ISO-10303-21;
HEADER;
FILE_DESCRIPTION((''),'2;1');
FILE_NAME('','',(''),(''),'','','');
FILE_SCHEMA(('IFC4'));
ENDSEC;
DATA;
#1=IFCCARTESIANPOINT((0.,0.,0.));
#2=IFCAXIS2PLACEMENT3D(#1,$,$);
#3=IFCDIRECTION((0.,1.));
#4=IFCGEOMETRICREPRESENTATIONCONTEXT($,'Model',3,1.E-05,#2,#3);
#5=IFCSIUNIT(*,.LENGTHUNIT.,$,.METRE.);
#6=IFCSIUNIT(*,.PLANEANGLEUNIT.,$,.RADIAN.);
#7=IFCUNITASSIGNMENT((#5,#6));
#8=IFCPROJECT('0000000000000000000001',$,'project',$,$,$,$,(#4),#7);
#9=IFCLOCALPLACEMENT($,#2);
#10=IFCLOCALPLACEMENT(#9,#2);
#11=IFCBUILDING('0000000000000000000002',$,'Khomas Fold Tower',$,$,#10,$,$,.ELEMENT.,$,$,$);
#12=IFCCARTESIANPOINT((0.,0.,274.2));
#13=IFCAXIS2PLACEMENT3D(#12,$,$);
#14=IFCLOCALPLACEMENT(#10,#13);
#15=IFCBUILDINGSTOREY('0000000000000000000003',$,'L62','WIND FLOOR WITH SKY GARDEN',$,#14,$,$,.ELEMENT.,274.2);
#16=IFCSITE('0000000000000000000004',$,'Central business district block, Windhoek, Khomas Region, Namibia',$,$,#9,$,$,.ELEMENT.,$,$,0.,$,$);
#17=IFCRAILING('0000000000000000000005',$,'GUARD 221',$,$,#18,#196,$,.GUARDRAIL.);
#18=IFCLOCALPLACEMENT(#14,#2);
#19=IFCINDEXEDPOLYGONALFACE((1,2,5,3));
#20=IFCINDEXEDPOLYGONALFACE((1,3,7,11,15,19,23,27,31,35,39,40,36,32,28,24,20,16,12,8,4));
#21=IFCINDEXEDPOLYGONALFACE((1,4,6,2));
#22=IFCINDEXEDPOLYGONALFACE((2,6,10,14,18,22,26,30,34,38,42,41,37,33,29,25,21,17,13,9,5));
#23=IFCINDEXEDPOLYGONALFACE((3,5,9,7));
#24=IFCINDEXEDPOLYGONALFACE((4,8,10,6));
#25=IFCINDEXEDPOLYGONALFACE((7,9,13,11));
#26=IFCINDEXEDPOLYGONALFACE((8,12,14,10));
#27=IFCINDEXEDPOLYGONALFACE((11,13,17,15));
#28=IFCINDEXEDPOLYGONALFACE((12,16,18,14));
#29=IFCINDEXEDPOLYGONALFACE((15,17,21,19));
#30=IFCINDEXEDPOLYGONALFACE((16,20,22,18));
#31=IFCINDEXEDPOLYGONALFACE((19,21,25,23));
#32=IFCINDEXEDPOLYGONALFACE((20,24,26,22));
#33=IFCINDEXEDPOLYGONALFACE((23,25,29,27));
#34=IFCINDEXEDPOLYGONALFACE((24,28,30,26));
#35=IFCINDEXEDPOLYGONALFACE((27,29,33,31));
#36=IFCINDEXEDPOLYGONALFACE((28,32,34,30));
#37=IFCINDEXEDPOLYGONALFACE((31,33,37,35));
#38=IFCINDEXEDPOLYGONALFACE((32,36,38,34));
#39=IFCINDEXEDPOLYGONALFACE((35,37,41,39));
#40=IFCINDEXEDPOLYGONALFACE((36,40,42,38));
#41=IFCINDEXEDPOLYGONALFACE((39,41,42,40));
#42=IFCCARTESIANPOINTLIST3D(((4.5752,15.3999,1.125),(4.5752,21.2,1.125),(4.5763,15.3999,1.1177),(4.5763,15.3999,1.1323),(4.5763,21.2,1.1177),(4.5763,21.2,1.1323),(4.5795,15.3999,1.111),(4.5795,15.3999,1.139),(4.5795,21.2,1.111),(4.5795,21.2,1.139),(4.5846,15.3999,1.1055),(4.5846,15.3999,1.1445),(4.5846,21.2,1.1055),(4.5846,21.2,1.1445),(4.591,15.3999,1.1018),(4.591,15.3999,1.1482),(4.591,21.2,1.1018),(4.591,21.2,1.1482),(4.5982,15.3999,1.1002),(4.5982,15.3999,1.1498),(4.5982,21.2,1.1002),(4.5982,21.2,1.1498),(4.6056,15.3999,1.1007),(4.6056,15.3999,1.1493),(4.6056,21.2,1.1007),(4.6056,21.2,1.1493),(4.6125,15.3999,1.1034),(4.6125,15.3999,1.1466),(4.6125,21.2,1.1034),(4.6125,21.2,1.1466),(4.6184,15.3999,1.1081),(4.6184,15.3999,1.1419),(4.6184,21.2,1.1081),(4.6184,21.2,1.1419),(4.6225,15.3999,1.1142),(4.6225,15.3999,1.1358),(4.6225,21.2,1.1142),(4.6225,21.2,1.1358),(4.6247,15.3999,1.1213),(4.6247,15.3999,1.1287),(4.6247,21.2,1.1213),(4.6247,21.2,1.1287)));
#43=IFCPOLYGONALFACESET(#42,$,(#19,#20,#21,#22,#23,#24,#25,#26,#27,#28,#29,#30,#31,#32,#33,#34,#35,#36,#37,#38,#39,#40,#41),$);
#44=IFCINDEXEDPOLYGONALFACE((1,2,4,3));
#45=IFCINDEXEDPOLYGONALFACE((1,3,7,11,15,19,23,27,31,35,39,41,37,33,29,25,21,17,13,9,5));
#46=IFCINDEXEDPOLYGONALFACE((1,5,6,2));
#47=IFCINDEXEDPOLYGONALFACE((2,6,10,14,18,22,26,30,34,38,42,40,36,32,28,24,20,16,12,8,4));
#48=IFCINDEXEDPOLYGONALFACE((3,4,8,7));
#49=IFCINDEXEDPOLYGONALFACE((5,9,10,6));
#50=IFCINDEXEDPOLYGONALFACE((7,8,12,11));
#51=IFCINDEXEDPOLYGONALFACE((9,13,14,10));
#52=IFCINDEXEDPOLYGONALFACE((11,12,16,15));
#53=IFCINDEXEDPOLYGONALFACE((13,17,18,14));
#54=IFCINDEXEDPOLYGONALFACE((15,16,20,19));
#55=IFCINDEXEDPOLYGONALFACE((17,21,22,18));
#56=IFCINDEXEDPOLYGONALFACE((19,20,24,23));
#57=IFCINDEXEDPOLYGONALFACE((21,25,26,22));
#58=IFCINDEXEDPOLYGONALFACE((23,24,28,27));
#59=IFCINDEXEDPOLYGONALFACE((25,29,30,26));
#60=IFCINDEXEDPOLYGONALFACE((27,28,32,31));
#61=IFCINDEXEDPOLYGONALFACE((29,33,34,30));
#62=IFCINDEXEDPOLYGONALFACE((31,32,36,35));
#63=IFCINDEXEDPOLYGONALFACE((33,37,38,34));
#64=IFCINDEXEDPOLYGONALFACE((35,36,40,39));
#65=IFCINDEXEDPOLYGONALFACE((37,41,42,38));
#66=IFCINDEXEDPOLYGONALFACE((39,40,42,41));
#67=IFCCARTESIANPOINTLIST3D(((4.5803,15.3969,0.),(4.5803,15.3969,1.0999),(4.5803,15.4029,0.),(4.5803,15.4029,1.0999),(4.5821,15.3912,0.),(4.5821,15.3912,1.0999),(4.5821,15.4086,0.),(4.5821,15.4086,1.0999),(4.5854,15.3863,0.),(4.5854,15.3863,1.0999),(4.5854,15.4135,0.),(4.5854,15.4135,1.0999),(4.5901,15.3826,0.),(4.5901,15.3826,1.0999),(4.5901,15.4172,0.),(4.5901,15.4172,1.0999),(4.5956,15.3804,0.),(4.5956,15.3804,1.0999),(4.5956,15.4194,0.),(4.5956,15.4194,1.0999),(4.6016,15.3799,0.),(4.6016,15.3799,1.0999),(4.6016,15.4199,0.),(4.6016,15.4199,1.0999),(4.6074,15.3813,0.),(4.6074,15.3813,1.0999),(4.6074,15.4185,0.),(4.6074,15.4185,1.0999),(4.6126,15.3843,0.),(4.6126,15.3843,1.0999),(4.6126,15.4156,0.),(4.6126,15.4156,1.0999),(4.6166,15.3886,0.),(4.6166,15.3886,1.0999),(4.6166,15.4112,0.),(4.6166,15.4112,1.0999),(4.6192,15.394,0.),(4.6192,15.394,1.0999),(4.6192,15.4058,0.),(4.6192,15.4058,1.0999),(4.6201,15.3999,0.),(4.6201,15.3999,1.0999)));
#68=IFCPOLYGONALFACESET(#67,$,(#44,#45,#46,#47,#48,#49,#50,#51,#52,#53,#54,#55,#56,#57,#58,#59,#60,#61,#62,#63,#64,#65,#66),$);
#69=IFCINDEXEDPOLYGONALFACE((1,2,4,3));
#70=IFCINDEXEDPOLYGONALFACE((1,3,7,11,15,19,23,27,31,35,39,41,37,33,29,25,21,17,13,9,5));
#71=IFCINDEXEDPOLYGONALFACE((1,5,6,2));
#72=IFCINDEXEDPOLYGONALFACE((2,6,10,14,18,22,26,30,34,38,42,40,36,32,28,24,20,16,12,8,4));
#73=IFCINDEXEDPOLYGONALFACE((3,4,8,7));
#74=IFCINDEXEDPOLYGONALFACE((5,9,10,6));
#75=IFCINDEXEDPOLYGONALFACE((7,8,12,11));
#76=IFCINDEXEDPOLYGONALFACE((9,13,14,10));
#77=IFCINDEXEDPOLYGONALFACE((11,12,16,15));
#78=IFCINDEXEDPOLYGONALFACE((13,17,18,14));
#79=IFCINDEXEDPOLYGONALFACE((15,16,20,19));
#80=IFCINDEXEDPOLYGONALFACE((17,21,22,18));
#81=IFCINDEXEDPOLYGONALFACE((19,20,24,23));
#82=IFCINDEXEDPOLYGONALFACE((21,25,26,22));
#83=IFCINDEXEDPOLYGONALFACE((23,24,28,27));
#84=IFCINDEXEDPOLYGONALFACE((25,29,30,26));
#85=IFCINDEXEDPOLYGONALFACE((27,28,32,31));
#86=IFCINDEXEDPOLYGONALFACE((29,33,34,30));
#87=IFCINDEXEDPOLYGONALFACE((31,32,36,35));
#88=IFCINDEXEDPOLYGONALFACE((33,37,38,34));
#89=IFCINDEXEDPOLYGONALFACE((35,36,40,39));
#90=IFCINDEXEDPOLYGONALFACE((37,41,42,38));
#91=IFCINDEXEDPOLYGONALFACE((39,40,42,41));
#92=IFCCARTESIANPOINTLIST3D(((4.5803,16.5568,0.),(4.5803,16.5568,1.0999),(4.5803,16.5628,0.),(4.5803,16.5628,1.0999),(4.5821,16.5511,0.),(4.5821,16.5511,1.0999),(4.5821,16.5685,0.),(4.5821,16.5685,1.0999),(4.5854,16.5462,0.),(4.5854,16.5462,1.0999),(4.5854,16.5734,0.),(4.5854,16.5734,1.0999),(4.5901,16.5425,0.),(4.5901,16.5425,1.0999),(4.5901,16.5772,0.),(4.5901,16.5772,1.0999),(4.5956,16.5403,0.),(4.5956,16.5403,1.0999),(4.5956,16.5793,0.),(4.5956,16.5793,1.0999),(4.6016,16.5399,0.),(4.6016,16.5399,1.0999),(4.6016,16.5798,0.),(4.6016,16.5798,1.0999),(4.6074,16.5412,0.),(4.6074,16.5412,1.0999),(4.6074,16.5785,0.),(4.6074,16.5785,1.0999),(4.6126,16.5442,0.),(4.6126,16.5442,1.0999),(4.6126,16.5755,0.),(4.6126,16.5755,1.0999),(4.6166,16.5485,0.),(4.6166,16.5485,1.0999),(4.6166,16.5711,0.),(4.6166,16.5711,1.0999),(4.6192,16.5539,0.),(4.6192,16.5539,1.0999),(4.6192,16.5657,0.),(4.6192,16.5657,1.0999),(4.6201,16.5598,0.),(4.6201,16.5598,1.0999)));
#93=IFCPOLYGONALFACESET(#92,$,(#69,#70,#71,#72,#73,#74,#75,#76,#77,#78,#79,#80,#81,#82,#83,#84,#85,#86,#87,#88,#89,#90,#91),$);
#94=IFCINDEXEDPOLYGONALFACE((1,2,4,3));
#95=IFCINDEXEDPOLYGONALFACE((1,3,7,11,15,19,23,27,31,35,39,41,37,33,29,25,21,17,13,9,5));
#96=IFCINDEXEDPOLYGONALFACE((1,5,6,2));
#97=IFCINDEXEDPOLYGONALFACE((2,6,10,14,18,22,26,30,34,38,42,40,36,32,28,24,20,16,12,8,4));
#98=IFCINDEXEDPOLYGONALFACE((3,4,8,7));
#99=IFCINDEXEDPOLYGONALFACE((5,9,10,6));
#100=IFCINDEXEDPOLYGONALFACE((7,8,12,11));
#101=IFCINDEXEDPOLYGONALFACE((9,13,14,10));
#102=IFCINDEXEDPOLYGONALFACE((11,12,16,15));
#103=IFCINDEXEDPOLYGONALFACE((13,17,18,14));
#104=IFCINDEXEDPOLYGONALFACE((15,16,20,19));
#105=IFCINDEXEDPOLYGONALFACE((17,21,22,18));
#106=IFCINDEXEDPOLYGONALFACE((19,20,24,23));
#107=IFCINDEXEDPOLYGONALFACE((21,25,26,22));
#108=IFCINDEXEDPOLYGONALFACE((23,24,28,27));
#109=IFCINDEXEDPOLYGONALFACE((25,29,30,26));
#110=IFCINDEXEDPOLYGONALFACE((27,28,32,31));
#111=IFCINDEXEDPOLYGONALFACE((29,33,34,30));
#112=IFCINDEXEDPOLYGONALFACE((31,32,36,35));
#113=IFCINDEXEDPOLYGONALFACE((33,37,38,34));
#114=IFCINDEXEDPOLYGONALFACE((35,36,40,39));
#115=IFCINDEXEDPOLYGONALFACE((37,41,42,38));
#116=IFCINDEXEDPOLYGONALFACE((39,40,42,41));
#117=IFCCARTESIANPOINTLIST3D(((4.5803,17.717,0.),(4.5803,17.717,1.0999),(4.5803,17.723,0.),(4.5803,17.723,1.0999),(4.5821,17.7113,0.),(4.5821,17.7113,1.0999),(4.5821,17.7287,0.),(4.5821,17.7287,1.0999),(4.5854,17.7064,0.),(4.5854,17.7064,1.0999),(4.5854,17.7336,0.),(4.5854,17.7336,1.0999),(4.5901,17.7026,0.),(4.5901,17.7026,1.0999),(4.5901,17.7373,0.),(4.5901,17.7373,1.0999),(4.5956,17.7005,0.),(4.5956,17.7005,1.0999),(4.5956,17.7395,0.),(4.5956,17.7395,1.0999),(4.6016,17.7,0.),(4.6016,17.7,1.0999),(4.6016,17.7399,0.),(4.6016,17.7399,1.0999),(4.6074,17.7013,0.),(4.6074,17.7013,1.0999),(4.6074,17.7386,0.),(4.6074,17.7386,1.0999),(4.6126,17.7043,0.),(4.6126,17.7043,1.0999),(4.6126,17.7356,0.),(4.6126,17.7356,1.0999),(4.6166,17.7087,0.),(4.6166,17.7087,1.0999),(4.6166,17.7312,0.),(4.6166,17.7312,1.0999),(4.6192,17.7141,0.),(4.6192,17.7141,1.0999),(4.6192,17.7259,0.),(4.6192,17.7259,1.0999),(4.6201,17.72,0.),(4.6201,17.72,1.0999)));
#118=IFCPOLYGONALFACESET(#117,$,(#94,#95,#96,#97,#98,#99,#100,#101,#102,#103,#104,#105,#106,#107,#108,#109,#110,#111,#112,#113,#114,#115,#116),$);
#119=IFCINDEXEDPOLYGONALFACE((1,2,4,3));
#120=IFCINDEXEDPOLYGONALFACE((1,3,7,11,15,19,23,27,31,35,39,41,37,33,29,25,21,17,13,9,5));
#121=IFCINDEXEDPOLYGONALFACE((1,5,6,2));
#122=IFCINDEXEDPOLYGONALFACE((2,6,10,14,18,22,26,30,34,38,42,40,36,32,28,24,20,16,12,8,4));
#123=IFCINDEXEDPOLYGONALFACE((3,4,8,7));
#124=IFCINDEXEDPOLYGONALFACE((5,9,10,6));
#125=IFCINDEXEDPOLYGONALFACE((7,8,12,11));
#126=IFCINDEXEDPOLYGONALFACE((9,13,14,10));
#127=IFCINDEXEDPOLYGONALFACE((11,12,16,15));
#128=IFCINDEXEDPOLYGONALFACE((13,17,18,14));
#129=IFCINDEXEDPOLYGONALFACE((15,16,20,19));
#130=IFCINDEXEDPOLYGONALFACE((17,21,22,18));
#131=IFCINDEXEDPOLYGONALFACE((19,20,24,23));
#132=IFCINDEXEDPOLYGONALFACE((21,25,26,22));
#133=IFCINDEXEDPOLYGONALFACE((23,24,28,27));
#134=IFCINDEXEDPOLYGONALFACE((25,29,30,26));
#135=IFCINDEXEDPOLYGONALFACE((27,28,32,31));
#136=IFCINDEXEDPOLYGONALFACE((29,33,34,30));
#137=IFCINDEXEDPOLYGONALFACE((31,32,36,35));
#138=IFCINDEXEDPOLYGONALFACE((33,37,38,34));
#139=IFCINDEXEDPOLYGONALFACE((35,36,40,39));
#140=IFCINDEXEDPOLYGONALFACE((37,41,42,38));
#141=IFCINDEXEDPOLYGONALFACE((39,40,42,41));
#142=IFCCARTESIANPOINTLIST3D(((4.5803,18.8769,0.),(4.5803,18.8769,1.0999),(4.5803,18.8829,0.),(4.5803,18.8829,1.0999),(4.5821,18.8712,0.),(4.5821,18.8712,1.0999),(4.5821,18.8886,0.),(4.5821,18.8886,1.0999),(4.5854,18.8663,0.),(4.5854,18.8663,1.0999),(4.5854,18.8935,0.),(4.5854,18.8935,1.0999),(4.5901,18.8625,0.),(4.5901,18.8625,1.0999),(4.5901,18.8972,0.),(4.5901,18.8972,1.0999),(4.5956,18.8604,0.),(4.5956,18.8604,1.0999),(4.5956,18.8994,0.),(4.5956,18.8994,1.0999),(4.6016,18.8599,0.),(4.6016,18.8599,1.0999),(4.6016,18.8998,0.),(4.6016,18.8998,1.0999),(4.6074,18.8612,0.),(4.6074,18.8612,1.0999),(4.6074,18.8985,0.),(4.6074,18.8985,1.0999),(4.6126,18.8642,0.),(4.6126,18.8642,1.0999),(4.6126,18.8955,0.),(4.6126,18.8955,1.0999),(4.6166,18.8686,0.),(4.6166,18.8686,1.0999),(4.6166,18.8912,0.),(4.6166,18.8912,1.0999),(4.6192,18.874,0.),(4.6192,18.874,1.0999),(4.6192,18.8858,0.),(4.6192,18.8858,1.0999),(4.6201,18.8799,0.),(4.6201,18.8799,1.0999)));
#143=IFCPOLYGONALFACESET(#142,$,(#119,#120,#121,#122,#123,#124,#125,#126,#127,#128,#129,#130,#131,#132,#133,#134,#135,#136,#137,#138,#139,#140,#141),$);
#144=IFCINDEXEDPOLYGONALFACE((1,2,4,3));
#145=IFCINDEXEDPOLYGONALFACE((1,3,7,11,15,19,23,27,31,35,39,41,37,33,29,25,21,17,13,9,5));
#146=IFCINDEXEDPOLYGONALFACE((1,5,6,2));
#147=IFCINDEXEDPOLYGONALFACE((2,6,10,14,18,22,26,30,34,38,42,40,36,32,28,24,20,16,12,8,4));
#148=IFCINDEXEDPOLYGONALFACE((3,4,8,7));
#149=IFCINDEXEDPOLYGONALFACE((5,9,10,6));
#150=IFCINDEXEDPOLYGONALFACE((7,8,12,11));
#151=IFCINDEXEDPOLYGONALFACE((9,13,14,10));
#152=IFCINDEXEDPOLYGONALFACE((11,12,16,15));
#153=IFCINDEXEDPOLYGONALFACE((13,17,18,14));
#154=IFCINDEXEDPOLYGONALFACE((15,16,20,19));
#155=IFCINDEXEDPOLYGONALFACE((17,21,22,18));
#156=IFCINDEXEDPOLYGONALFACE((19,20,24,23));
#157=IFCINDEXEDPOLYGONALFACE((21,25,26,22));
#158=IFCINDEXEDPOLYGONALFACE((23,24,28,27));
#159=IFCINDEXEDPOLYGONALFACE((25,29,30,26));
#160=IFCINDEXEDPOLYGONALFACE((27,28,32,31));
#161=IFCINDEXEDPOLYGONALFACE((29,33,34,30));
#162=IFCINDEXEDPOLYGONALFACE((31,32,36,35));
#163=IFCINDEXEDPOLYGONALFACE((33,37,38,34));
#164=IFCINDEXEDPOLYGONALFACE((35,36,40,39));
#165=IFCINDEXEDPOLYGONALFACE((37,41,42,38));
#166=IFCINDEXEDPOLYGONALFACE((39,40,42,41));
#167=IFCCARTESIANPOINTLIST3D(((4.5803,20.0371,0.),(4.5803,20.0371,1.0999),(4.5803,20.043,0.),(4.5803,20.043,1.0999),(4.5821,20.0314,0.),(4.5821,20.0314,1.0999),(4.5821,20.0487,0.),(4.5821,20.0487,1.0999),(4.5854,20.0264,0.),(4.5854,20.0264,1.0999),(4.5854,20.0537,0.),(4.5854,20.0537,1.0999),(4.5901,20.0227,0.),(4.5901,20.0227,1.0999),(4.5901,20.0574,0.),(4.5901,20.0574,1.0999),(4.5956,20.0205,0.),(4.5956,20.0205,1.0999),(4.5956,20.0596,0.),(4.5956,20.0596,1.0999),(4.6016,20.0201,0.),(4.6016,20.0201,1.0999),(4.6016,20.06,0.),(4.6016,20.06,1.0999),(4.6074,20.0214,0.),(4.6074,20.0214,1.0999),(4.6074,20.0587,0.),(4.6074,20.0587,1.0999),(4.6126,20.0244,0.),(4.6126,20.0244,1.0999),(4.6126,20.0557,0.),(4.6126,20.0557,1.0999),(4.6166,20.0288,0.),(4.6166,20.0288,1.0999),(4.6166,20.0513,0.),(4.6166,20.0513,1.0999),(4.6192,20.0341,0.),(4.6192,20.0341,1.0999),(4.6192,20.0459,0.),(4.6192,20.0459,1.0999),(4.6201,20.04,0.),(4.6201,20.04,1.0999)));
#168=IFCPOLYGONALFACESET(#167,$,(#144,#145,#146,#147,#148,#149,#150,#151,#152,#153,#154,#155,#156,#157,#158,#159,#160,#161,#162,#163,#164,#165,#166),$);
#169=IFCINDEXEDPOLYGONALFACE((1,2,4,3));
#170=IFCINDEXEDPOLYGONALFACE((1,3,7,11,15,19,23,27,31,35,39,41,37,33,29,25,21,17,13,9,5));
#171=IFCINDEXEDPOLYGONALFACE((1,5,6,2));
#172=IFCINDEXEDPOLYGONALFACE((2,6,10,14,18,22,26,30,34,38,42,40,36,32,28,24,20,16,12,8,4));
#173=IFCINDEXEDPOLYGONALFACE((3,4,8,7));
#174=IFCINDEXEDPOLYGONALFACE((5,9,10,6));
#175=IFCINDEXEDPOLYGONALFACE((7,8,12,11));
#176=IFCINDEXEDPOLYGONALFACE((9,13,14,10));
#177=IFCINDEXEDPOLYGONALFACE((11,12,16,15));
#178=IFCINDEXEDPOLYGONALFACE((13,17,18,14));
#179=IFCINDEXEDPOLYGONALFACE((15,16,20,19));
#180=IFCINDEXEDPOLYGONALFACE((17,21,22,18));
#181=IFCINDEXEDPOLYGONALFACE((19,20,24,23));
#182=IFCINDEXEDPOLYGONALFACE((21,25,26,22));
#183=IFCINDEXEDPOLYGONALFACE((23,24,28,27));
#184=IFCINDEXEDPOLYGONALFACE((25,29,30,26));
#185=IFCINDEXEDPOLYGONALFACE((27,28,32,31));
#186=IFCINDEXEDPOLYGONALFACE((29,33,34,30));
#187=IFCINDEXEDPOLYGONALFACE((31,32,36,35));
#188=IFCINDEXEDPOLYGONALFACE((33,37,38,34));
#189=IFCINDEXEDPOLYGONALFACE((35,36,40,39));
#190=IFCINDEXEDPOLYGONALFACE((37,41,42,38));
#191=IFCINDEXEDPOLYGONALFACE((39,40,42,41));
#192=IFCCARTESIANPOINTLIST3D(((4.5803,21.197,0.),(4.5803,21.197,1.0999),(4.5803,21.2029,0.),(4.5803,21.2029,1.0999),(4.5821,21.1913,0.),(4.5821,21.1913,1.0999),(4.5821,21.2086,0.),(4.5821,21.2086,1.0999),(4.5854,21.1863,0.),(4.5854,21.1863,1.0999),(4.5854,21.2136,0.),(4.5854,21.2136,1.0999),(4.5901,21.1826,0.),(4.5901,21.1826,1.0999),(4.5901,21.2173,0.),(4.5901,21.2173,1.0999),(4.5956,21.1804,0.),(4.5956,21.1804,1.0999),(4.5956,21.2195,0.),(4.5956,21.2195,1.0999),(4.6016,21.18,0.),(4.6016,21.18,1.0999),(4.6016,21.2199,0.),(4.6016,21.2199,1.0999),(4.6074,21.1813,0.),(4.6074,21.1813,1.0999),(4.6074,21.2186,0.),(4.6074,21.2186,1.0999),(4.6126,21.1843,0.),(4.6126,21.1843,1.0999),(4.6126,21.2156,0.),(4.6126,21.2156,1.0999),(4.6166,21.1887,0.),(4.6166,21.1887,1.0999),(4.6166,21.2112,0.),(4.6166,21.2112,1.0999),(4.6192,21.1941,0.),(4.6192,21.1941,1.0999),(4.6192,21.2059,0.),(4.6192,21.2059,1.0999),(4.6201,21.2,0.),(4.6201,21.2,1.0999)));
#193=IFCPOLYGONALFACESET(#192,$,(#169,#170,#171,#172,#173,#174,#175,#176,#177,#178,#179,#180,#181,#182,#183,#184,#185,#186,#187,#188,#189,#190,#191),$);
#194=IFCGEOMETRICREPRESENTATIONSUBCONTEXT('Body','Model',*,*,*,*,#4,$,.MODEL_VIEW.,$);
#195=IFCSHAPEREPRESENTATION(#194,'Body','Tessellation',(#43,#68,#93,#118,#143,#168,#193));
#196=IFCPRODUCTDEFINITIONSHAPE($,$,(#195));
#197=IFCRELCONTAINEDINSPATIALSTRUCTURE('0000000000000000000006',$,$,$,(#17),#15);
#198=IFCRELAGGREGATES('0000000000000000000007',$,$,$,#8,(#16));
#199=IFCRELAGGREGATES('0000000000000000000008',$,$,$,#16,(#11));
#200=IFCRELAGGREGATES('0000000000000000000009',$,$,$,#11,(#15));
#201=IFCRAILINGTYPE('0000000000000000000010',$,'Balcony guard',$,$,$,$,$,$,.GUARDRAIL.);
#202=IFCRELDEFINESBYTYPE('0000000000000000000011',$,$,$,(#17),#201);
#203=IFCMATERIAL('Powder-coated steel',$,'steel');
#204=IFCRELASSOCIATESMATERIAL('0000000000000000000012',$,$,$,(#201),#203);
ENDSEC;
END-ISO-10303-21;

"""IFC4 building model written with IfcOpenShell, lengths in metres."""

from ifc_helpers import new_model, si_unit, direction, frame, origin, origin_2d, place, context, subcontext, project, spatial, circle, extrude, source, transform, mapped, material, type_object, element, save


model = new_model("IFC4")

# Units and contexts
model_context = context("Model", 3, precision=1e-05, world=origin(), true_north=direction((0.0, 1.0)))
body_context = subcontext(model_context, "Body", "Model", "MODEL_VIEW")
ifc_project = project(units=[si_unit("LENGTHUNIT", "METRE"), si_unit("PLANEANGLEUNIT", "RADIAN")], contexts=[model_context])

# Site, building, storey
site_placement = place(None, origin())
site = spatial("IfcSite", under=ifc_project, at=site_placement, Name="Central business district block, Windhoek, Khomas Region, Namibia", CompositionType="ELEMENT", RefElevation=0.0)
building_placement = place(site_placement, origin())
building = spatial("IfcBuilding", under=site, at=building_placement, Name="Khomas Fold Tower", CompositionType="ELEMENT")
storey_placement = place(building_placement, frame((0.0, 0.0, 274.2)))
storey = spatial("IfcBuildingStorey", under=building, at=storey_placement, Name="L62", Description="WIND FLOOR WITH SKY GARDEN", CompositionType="ELEMENT", Elevation=274.2)

# Railing
ifc_material_1 = material(Name="Powder-coated steel", Category="steel")
railing_type = type_object("IfcRailingType", Name="Balcony guard", PredefinedType="GUARDRAIL", material=ifc_material_1)
shared_shape_1 = source(origin(), body_context, "Body", "SweptSolid", [
    extrude(circle(Radius=0.0249, at=origin_2d()), frame((0.0, 0.0, 1.125), z_axis=(0.0, 1.0, 0.0), x_axis=(-1.0, 0.0, 0.0)), (0.0, 0.0, 1.0), 5.8),
    extrude(circle(Radius=0.02, at=origin_2d()), origin(), (0.0, 0.0, 1.0), 1.0999),
    extrude(circle(Radius=0.02, at=origin_2d()), frame((0.0, 1.1599, 0.0)), (0.0, 0.0, 1.0), 1.0999),
    extrude(circle(Radius=0.02, at=origin_2d()), frame((0.0, 2.3201, 0.0)), (0.0, 0.0, 1.0), 1.0999),
    extrude(circle(Radius=0.02, at=origin_2d()), frame((0.0, 3.48, 0.0)), (0.0, 0.0, 1.0), 1.0999),
    extrude(circle(Radius=0.02, at=origin_2d()), frame((0.0, 4.6401, 0.0)), (0.0, 0.0, 1.0), 1.0999),
    extrude(circle(Radius=0.02, at=origin_2d()), frame((0.0, 5.8, 0.0)), (0.0, 0.0, 1.0), 1.0999),
])
for number, where, name in (
    (1, (4.6001, 15.3999, 0.0), "GUARD 221"),
):
    element("IfcRailing", number, at=place(storey_placement, frame(where)), inside=storey, type_object=railing_type, Name=name, PredefinedType="GUARDRAIL", context=body_context, shape_type="MappedRepresentation", body=[
        mapped(shared_shape_1, transform((0.0, 0.0, 0.0))),
    ])

save(model, "model.ifc")
